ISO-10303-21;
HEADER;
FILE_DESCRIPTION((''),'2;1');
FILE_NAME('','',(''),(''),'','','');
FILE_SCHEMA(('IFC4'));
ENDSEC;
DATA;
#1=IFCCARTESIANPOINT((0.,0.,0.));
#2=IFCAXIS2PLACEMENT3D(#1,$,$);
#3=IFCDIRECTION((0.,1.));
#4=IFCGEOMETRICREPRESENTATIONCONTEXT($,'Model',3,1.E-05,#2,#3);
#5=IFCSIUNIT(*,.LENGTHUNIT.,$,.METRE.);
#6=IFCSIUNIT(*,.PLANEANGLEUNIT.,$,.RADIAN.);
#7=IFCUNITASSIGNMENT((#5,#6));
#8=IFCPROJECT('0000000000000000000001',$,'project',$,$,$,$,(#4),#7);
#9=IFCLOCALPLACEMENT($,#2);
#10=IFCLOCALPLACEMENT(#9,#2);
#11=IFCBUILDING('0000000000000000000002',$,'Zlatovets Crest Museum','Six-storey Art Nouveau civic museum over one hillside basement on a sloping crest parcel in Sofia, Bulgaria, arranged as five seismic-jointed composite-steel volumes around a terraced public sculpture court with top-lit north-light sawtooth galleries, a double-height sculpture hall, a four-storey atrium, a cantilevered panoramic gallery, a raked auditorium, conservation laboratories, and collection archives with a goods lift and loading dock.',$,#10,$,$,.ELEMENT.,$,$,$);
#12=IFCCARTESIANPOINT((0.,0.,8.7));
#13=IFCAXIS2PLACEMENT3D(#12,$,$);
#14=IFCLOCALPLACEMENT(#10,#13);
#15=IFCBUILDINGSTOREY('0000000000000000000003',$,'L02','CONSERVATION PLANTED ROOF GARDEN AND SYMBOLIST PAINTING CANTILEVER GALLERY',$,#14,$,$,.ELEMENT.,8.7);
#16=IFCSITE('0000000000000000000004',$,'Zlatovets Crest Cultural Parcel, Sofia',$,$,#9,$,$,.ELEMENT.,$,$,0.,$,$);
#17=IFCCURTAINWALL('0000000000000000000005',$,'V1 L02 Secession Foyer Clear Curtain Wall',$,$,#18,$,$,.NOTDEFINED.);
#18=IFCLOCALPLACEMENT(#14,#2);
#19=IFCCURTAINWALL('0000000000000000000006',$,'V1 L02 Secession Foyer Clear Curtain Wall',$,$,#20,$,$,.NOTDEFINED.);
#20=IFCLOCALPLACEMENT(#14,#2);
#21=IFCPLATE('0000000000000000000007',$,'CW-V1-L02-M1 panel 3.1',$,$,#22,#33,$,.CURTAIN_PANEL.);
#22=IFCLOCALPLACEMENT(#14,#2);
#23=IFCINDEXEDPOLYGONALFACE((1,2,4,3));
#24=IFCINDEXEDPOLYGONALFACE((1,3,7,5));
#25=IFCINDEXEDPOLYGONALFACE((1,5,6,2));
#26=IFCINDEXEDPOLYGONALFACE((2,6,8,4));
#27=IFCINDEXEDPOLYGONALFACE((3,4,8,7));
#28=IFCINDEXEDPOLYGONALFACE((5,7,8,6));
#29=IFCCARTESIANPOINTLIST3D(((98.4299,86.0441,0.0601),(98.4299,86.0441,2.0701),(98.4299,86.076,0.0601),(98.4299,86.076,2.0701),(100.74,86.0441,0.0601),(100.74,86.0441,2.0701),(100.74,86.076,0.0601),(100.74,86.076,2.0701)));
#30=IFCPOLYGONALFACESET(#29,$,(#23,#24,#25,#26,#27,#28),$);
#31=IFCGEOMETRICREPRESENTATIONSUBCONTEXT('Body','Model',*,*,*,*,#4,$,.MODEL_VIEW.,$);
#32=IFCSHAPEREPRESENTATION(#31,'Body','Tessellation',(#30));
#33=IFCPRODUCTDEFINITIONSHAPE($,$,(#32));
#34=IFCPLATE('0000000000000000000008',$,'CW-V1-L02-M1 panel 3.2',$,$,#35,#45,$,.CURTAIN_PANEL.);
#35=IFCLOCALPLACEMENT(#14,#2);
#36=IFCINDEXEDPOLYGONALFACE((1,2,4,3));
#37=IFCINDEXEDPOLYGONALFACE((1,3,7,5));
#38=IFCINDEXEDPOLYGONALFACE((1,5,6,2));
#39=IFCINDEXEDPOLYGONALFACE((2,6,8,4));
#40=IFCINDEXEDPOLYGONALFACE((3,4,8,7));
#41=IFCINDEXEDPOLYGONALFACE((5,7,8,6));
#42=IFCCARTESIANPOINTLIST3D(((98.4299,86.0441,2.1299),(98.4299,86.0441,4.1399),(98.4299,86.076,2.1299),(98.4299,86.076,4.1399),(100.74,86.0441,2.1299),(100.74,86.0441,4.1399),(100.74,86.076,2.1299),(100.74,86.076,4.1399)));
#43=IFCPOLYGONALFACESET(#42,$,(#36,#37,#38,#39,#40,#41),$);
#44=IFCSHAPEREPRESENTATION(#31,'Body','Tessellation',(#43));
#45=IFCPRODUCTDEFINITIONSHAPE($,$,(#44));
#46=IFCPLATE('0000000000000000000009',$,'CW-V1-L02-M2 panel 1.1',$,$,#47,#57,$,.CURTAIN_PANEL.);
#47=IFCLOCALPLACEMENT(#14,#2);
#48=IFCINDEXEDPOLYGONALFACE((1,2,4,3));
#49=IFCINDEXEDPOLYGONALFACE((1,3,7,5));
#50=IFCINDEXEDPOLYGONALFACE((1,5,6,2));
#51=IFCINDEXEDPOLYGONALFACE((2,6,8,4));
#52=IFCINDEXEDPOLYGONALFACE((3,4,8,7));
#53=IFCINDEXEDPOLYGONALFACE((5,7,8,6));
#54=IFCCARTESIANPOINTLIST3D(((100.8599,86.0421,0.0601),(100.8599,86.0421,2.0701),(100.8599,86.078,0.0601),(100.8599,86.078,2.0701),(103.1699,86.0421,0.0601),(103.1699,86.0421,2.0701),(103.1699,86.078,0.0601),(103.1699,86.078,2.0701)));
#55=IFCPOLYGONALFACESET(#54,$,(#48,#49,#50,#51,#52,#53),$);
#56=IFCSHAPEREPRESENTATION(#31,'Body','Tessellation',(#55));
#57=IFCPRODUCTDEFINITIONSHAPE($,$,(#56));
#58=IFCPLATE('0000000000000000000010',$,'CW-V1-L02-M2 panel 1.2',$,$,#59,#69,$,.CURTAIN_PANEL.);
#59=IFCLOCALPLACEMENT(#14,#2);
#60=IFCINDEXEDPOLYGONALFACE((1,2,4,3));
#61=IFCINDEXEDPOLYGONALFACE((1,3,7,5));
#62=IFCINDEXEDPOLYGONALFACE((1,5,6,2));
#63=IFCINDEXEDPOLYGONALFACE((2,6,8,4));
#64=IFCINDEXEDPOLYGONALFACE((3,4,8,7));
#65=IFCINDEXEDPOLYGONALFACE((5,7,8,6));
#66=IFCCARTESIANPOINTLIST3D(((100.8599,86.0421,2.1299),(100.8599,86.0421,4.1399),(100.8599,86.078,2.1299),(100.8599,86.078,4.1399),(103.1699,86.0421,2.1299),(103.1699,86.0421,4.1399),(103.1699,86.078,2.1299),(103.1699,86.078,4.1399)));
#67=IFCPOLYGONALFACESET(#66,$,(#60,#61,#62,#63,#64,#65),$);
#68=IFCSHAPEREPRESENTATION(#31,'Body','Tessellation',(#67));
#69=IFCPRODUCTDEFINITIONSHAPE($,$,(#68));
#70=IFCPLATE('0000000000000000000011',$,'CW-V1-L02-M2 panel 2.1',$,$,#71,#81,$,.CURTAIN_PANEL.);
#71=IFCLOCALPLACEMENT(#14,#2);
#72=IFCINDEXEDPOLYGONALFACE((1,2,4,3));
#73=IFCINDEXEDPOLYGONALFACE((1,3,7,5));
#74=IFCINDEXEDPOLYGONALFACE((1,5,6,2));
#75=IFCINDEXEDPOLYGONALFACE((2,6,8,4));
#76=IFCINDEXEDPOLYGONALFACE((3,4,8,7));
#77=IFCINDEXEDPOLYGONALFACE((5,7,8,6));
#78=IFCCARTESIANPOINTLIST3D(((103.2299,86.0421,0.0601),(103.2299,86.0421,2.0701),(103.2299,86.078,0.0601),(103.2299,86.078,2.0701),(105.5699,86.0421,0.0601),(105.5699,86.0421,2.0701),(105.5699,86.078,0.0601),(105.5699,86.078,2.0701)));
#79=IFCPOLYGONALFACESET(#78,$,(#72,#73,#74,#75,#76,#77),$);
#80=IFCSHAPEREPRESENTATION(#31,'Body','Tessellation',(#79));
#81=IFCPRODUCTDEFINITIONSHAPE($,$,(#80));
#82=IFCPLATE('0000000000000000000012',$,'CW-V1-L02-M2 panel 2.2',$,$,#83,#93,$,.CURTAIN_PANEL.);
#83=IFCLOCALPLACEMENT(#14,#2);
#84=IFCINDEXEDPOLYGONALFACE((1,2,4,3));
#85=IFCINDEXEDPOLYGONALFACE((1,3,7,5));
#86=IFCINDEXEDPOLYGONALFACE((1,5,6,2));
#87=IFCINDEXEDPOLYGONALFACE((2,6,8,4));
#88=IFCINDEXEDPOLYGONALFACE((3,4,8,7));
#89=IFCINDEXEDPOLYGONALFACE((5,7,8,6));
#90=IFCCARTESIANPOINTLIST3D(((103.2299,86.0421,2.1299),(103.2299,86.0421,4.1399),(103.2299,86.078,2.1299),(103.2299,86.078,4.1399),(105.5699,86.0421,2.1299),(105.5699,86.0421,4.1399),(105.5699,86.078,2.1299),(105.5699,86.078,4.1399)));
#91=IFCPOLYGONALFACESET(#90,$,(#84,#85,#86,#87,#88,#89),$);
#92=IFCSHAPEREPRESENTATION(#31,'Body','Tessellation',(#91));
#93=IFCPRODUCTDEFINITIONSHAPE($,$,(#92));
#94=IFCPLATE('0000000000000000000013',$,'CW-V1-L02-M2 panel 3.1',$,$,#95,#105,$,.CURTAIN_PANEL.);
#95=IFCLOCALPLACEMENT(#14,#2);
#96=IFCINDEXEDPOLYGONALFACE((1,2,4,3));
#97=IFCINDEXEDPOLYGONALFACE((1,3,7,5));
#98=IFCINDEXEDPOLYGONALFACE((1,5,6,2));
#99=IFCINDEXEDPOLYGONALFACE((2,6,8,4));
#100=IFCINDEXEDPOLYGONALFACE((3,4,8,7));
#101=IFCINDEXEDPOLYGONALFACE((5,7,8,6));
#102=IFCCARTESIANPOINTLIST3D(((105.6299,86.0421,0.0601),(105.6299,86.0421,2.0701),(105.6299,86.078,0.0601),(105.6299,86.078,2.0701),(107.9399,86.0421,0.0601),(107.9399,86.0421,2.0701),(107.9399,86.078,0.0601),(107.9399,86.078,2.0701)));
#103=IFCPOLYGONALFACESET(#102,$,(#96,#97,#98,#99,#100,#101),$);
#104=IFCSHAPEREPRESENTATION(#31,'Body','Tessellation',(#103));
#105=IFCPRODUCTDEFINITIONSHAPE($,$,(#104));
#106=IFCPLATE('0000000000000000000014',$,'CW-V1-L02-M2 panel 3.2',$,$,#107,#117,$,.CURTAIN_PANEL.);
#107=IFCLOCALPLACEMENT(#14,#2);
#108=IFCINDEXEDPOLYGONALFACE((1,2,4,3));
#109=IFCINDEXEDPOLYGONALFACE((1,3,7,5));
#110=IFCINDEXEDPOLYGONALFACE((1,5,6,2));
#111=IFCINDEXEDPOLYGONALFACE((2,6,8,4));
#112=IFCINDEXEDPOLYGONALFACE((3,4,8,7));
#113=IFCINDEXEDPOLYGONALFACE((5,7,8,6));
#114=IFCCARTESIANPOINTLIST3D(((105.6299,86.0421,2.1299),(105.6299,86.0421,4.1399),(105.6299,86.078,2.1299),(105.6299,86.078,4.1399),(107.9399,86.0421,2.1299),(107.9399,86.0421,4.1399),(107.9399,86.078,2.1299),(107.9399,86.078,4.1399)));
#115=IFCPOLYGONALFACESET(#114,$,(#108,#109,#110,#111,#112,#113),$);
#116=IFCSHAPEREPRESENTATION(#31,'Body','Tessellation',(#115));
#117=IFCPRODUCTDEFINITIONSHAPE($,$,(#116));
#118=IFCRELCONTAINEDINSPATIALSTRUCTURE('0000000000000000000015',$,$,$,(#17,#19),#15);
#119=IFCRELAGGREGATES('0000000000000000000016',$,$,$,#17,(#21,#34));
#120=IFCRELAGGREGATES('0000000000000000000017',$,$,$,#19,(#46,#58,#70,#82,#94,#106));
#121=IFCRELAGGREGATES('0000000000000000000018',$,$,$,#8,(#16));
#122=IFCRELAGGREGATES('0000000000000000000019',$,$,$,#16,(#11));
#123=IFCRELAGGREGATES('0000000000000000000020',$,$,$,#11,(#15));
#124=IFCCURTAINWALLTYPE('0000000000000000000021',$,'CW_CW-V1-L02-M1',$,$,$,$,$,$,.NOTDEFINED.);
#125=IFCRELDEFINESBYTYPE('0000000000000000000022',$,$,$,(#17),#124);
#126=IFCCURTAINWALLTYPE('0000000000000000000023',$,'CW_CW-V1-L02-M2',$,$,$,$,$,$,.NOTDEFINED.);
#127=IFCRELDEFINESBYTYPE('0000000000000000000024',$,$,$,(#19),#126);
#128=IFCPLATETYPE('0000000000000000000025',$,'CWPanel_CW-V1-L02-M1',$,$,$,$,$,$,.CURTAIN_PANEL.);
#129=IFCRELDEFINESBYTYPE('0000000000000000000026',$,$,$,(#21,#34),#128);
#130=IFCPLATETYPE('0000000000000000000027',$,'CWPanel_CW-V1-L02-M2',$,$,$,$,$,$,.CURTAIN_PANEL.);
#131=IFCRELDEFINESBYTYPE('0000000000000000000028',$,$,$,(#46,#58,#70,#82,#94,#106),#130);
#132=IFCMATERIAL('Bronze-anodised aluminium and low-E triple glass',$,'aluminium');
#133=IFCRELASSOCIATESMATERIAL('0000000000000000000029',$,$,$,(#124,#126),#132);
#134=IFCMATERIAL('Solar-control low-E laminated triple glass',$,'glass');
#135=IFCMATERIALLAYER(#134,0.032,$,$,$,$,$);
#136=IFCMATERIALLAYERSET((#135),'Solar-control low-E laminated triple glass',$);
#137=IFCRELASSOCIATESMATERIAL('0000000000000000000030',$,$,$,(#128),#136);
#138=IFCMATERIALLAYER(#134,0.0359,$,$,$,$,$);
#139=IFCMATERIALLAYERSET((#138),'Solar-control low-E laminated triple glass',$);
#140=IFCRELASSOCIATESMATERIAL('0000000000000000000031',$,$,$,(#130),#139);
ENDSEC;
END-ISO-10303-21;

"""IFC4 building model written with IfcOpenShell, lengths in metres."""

from ifc_helpers import new_model, si_unit, direction, frame, origin, origin_2d, place, context, subcontext, project, spatial, rectangle, extrude, material, layer, layer_set, type_object, element, aggregate, save


model = new_model("IFC4")

# Units and contexts
model_context = context("Model", 3, precision=1e-05, world=origin(), true_north=direction((0.0, 1.0)))
body_context = subcontext(model_context, "Body", "Model", "MODEL_VIEW")
ifc_project = project(units=[si_unit("LENGTHUNIT", "METRE"), si_unit("PLANEANGLEUNIT", "RADIAN")], contexts=[model_context])

# Site, building, storey
site_placement = place(None, origin())
site = spatial("IfcSite", under=ifc_project, at=site_placement, Name="Zlatovets Crest Cultural Parcel, Sofia", CompositionType="ELEMENT", RefElevation=0.0)
building_placement = place(site_placement, origin())
building = spatial("IfcBuilding", under=site, at=building_placement, Name="Zlatovets Crest Museum", Description="Six-storey Art Nouveau civic museum over one hillside basement on a sloping crest parcel in Sofia, Bulgaria, arranged as five seismic-jointed composite-steel volumes around a terraced public sculpture court with top-lit north-light sawtooth galleries, a double-height sculpture hall, a four-storey atrium, a cantilevered panoramic gallery, a raked auditorium, conservation laboratories, and collection archives with a goods lift and loading dock.", CompositionType="ELEMENT")
storey_placement = place(building_placement, frame((0.0, 0.0, 8.7)))
storey = spatial("IfcBuildingStorey", under=building, at=storey_placement, Name="L02", Description="CONSERVATION PLANTED ROOF GARDEN AND SYMBOLIST PAINTING CANTILEVER GALLERY", CompositionType="ELEMENT", Elevation=8.7)

# Curtain walls
ifc_material_1 = material(Name="Bronze-anodised aluminium and low-E triple glass", Category="aluminium")
curtain_wall_type_1 = type_object("IfcCurtainWallType", Name="CW_CW-V1-L02-M1", PredefinedType="NOTDEFINED", material=ifc_material_1)
curtain_wall_1_placement = place(storey_placement, origin())
curtain_wall_1 = element("IfcCurtainWall", 1, at=curtain_wall_1_placement, inside=storey, type_object=curtain_wall_type_1, Name="V1 L02 Secession Foyer Clear Curtain Wall", PredefinedType="NOTDEFINED")
curtain_wall_type_2 = type_object("IfcCurtainWallType", Name="CW_CW-V1-L02-M2", PredefinedType="NOTDEFINED", material=ifc_material_1)
curtain_wall_2_placement = place(storey_placement, origin())
curtain_wall_2 = element("IfcCurtainWall", 2, at=curtain_wall_2_placement, inside=storey, type_object=curtain_wall_type_2, Name="V1 L02 Secession Foyer Clear Curtain Wall", PredefinedType="NOTDEFINED")

# Plates
ifc_material_2 = material(Name="Solar-control low-E laminated triple glass", Category="glass")
ifc_layer_1 = layer(ifc_material_2, 0.032)
ifc_layer_set_1 = layer_set([ifc_layer_1], Name="Solar-control low-E laminated triple glass")
plate_type_1 = type_object("IfcPlateType", Name="CWPanel_CW-V1-L02-M1", PredefinedType="CURTAIN_PANEL", material=ifc_layer_set_1)
plate_1_placement = place(storey_placement, frame((99.585, 86.0601, 0.0601), z_axis=(0.0, 0.0, 1.0), x_axis=(1.0, 0.0, 0.0)))
plate_1 = element("IfcPlate", 3, at=plate_1_placement, type_object=plate_type_1, Name="CW-V1-L02-M1 panel 3.1", PredefinedType="CURTAIN_PANEL", context=body_context, shape_type="SweptSolid", body=[
    extrude(rectangle(XDim=2.3101, YDim=0.032, at=origin_2d()), origin(), (0.0, 0.0, 1.0), 2.01),
])
plate_2_placement = place(storey_placement, frame((99.585, 86.0601, 2.1299), z_axis=(0.0, 0.0, 1.0), x_axis=(1.0, 0.0, 0.0)))
plate_2 = element("IfcPlate", 4, at=plate_2_placement, type_object=plate_type_1, Name="CW-V1-L02-M1 panel 3.2", PredefinedType="CURTAIN_PANEL", context=body_context, shape_type="SweptSolid", body=[
    extrude(rectangle(XDim=2.3101, YDim=0.032, at=origin_2d()), origin(), (0.0, 0.0, 1.0), 2.01),
])
aggregate(curtain_wall_1, [plate_1, plate_2])
ifc_layer_2 = layer(ifc_material_2, 0.0359)
ifc_layer_set_2 = layer_set([ifc_layer_2], Name="Solar-control low-E laminated triple glass")
plate_type_2 = type_object("IfcPlateType", Name="CWPanel_CW-V1-L02-M2", PredefinedType="CURTAIN_PANEL", material=ifc_layer_set_2)
plate_3_placement = place(storey_placement, frame((102.0149, 86.0601, 0.0601), z_axis=(0.0, 0.0, 1.0), x_axis=(1.0, 0.0, 0.0)))
plate_3 = element("IfcPlate", 5, at=plate_3_placement, type_object=plate_type_2, Name="CW-V1-L02-M2 panel 1.1", PredefinedType="CURTAIN_PANEL", context=body_context, shape_type="SweptSolid", body=[
    extrude(rectangle(XDim=2.3101, YDim=0.0359, at=origin_2d()), origin(), (0.0, 0.0, 1.0), 2.01),
])
plate_4_placement = place(storey_placement, frame((102.0149, 86.0601, 2.1299), z_axis=(0.0, 0.0, 1.0), x_axis=(1.0, 0.0, 0.0)))
plate_4 = element("IfcPlate", 6, at=plate_4_placement, type_object=plate_type_2, Name="CW-V1-L02-M2 panel 1.2", PredefinedType="CURTAIN_PANEL", context=body_context, shape_type="SweptSolid", body=[
    extrude(rectangle(XDim=2.3101, YDim=0.0359, at=origin_2d()), origin(), (0.0, 0.0, 1.0), 2.01),
])
plate_5_placement = place(storey_placement, frame((104.3999, 86.0601, 0.0601), z_axis=(0.0, 0.0, 1.0), x_axis=(1.0, 0.0, 0.0)))
plate_5 = element("IfcPlate", 7, at=plate_5_placement, type_object=plate_type_2, Name="CW-V1-L02-M2 panel 2.1", PredefinedType="CURTAIN_PANEL", context=body_context, shape_type="SweptSolid", body=[
    extrude(rectangle(XDim=2.3401, YDim=0.0359, at=origin_2d()), origin(), (0.0, 0.0, 1.0), 2.01),
])
plate_6_placement = place(storey_placement, frame((104.3999, 86.0601, 2.1299), z_axis=(0.0, 0.0, 1.0), x_axis=(1.0, 0.0, 0.0)))
plate_6 = element("IfcPlate", 8, at=plate_6_placement, type_object=plate_type_2, Name="CW-V1-L02-M2 panel 2.2", PredefinedType="CURTAIN_PANEL", context=body_context, shape_type="SweptSolid", body=[
    extrude(rectangle(XDim=2.3401, YDim=0.0359, at=origin_2d()), origin(), (0.0, 0.0, 1.0), 2.01),
])
plate_7_placement = place(storey_placement, frame((106.7849, 86.0601, 0.0601), z_axis=(0.0, 0.0, 1.0), x_axis=(1.0, 0.0, 0.0)))
plate_7 = element("IfcPlate", 9, at=plate_7_placement, type_object=plate_type_2, Name="CW-V1-L02-M2 panel 3.1", PredefinedType="CURTAIN_PANEL", context=body_context, shape_type="SweptSolid", body=[
    extrude(rectangle(XDim=2.3101, YDim=0.0359, at=origin_2d()), origin(), (0.0, 0.0, 1.0), 2.01),
])
plate_8_placement = place(storey_placement, frame((106.7849, 86.0601, 2.1299), z_axis=(0.0, 0.0, 1.0), x_axis=(1.0, 0.0, 0.0)))
plate_8 = element("IfcPlate", 10, at=plate_8_placement, type_object=plate_type_2, Name="CW-V1-L02-M2 panel 3.2", PredefinedType="CURTAIN_PANEL", context=body_context, shape_type="SweptSolid", body=[
    extrude(rectangle(XDim=2.3101, YDim=0.0359, at=origin_2d()), origin(), (0.0, 0.0, 1.0), 2.01),
])
aggregate(curtain_wall_2, [plate_3, plate_4, plate_5, plate_6, plate_7, plate_8])

save(model, "model.ifc")
